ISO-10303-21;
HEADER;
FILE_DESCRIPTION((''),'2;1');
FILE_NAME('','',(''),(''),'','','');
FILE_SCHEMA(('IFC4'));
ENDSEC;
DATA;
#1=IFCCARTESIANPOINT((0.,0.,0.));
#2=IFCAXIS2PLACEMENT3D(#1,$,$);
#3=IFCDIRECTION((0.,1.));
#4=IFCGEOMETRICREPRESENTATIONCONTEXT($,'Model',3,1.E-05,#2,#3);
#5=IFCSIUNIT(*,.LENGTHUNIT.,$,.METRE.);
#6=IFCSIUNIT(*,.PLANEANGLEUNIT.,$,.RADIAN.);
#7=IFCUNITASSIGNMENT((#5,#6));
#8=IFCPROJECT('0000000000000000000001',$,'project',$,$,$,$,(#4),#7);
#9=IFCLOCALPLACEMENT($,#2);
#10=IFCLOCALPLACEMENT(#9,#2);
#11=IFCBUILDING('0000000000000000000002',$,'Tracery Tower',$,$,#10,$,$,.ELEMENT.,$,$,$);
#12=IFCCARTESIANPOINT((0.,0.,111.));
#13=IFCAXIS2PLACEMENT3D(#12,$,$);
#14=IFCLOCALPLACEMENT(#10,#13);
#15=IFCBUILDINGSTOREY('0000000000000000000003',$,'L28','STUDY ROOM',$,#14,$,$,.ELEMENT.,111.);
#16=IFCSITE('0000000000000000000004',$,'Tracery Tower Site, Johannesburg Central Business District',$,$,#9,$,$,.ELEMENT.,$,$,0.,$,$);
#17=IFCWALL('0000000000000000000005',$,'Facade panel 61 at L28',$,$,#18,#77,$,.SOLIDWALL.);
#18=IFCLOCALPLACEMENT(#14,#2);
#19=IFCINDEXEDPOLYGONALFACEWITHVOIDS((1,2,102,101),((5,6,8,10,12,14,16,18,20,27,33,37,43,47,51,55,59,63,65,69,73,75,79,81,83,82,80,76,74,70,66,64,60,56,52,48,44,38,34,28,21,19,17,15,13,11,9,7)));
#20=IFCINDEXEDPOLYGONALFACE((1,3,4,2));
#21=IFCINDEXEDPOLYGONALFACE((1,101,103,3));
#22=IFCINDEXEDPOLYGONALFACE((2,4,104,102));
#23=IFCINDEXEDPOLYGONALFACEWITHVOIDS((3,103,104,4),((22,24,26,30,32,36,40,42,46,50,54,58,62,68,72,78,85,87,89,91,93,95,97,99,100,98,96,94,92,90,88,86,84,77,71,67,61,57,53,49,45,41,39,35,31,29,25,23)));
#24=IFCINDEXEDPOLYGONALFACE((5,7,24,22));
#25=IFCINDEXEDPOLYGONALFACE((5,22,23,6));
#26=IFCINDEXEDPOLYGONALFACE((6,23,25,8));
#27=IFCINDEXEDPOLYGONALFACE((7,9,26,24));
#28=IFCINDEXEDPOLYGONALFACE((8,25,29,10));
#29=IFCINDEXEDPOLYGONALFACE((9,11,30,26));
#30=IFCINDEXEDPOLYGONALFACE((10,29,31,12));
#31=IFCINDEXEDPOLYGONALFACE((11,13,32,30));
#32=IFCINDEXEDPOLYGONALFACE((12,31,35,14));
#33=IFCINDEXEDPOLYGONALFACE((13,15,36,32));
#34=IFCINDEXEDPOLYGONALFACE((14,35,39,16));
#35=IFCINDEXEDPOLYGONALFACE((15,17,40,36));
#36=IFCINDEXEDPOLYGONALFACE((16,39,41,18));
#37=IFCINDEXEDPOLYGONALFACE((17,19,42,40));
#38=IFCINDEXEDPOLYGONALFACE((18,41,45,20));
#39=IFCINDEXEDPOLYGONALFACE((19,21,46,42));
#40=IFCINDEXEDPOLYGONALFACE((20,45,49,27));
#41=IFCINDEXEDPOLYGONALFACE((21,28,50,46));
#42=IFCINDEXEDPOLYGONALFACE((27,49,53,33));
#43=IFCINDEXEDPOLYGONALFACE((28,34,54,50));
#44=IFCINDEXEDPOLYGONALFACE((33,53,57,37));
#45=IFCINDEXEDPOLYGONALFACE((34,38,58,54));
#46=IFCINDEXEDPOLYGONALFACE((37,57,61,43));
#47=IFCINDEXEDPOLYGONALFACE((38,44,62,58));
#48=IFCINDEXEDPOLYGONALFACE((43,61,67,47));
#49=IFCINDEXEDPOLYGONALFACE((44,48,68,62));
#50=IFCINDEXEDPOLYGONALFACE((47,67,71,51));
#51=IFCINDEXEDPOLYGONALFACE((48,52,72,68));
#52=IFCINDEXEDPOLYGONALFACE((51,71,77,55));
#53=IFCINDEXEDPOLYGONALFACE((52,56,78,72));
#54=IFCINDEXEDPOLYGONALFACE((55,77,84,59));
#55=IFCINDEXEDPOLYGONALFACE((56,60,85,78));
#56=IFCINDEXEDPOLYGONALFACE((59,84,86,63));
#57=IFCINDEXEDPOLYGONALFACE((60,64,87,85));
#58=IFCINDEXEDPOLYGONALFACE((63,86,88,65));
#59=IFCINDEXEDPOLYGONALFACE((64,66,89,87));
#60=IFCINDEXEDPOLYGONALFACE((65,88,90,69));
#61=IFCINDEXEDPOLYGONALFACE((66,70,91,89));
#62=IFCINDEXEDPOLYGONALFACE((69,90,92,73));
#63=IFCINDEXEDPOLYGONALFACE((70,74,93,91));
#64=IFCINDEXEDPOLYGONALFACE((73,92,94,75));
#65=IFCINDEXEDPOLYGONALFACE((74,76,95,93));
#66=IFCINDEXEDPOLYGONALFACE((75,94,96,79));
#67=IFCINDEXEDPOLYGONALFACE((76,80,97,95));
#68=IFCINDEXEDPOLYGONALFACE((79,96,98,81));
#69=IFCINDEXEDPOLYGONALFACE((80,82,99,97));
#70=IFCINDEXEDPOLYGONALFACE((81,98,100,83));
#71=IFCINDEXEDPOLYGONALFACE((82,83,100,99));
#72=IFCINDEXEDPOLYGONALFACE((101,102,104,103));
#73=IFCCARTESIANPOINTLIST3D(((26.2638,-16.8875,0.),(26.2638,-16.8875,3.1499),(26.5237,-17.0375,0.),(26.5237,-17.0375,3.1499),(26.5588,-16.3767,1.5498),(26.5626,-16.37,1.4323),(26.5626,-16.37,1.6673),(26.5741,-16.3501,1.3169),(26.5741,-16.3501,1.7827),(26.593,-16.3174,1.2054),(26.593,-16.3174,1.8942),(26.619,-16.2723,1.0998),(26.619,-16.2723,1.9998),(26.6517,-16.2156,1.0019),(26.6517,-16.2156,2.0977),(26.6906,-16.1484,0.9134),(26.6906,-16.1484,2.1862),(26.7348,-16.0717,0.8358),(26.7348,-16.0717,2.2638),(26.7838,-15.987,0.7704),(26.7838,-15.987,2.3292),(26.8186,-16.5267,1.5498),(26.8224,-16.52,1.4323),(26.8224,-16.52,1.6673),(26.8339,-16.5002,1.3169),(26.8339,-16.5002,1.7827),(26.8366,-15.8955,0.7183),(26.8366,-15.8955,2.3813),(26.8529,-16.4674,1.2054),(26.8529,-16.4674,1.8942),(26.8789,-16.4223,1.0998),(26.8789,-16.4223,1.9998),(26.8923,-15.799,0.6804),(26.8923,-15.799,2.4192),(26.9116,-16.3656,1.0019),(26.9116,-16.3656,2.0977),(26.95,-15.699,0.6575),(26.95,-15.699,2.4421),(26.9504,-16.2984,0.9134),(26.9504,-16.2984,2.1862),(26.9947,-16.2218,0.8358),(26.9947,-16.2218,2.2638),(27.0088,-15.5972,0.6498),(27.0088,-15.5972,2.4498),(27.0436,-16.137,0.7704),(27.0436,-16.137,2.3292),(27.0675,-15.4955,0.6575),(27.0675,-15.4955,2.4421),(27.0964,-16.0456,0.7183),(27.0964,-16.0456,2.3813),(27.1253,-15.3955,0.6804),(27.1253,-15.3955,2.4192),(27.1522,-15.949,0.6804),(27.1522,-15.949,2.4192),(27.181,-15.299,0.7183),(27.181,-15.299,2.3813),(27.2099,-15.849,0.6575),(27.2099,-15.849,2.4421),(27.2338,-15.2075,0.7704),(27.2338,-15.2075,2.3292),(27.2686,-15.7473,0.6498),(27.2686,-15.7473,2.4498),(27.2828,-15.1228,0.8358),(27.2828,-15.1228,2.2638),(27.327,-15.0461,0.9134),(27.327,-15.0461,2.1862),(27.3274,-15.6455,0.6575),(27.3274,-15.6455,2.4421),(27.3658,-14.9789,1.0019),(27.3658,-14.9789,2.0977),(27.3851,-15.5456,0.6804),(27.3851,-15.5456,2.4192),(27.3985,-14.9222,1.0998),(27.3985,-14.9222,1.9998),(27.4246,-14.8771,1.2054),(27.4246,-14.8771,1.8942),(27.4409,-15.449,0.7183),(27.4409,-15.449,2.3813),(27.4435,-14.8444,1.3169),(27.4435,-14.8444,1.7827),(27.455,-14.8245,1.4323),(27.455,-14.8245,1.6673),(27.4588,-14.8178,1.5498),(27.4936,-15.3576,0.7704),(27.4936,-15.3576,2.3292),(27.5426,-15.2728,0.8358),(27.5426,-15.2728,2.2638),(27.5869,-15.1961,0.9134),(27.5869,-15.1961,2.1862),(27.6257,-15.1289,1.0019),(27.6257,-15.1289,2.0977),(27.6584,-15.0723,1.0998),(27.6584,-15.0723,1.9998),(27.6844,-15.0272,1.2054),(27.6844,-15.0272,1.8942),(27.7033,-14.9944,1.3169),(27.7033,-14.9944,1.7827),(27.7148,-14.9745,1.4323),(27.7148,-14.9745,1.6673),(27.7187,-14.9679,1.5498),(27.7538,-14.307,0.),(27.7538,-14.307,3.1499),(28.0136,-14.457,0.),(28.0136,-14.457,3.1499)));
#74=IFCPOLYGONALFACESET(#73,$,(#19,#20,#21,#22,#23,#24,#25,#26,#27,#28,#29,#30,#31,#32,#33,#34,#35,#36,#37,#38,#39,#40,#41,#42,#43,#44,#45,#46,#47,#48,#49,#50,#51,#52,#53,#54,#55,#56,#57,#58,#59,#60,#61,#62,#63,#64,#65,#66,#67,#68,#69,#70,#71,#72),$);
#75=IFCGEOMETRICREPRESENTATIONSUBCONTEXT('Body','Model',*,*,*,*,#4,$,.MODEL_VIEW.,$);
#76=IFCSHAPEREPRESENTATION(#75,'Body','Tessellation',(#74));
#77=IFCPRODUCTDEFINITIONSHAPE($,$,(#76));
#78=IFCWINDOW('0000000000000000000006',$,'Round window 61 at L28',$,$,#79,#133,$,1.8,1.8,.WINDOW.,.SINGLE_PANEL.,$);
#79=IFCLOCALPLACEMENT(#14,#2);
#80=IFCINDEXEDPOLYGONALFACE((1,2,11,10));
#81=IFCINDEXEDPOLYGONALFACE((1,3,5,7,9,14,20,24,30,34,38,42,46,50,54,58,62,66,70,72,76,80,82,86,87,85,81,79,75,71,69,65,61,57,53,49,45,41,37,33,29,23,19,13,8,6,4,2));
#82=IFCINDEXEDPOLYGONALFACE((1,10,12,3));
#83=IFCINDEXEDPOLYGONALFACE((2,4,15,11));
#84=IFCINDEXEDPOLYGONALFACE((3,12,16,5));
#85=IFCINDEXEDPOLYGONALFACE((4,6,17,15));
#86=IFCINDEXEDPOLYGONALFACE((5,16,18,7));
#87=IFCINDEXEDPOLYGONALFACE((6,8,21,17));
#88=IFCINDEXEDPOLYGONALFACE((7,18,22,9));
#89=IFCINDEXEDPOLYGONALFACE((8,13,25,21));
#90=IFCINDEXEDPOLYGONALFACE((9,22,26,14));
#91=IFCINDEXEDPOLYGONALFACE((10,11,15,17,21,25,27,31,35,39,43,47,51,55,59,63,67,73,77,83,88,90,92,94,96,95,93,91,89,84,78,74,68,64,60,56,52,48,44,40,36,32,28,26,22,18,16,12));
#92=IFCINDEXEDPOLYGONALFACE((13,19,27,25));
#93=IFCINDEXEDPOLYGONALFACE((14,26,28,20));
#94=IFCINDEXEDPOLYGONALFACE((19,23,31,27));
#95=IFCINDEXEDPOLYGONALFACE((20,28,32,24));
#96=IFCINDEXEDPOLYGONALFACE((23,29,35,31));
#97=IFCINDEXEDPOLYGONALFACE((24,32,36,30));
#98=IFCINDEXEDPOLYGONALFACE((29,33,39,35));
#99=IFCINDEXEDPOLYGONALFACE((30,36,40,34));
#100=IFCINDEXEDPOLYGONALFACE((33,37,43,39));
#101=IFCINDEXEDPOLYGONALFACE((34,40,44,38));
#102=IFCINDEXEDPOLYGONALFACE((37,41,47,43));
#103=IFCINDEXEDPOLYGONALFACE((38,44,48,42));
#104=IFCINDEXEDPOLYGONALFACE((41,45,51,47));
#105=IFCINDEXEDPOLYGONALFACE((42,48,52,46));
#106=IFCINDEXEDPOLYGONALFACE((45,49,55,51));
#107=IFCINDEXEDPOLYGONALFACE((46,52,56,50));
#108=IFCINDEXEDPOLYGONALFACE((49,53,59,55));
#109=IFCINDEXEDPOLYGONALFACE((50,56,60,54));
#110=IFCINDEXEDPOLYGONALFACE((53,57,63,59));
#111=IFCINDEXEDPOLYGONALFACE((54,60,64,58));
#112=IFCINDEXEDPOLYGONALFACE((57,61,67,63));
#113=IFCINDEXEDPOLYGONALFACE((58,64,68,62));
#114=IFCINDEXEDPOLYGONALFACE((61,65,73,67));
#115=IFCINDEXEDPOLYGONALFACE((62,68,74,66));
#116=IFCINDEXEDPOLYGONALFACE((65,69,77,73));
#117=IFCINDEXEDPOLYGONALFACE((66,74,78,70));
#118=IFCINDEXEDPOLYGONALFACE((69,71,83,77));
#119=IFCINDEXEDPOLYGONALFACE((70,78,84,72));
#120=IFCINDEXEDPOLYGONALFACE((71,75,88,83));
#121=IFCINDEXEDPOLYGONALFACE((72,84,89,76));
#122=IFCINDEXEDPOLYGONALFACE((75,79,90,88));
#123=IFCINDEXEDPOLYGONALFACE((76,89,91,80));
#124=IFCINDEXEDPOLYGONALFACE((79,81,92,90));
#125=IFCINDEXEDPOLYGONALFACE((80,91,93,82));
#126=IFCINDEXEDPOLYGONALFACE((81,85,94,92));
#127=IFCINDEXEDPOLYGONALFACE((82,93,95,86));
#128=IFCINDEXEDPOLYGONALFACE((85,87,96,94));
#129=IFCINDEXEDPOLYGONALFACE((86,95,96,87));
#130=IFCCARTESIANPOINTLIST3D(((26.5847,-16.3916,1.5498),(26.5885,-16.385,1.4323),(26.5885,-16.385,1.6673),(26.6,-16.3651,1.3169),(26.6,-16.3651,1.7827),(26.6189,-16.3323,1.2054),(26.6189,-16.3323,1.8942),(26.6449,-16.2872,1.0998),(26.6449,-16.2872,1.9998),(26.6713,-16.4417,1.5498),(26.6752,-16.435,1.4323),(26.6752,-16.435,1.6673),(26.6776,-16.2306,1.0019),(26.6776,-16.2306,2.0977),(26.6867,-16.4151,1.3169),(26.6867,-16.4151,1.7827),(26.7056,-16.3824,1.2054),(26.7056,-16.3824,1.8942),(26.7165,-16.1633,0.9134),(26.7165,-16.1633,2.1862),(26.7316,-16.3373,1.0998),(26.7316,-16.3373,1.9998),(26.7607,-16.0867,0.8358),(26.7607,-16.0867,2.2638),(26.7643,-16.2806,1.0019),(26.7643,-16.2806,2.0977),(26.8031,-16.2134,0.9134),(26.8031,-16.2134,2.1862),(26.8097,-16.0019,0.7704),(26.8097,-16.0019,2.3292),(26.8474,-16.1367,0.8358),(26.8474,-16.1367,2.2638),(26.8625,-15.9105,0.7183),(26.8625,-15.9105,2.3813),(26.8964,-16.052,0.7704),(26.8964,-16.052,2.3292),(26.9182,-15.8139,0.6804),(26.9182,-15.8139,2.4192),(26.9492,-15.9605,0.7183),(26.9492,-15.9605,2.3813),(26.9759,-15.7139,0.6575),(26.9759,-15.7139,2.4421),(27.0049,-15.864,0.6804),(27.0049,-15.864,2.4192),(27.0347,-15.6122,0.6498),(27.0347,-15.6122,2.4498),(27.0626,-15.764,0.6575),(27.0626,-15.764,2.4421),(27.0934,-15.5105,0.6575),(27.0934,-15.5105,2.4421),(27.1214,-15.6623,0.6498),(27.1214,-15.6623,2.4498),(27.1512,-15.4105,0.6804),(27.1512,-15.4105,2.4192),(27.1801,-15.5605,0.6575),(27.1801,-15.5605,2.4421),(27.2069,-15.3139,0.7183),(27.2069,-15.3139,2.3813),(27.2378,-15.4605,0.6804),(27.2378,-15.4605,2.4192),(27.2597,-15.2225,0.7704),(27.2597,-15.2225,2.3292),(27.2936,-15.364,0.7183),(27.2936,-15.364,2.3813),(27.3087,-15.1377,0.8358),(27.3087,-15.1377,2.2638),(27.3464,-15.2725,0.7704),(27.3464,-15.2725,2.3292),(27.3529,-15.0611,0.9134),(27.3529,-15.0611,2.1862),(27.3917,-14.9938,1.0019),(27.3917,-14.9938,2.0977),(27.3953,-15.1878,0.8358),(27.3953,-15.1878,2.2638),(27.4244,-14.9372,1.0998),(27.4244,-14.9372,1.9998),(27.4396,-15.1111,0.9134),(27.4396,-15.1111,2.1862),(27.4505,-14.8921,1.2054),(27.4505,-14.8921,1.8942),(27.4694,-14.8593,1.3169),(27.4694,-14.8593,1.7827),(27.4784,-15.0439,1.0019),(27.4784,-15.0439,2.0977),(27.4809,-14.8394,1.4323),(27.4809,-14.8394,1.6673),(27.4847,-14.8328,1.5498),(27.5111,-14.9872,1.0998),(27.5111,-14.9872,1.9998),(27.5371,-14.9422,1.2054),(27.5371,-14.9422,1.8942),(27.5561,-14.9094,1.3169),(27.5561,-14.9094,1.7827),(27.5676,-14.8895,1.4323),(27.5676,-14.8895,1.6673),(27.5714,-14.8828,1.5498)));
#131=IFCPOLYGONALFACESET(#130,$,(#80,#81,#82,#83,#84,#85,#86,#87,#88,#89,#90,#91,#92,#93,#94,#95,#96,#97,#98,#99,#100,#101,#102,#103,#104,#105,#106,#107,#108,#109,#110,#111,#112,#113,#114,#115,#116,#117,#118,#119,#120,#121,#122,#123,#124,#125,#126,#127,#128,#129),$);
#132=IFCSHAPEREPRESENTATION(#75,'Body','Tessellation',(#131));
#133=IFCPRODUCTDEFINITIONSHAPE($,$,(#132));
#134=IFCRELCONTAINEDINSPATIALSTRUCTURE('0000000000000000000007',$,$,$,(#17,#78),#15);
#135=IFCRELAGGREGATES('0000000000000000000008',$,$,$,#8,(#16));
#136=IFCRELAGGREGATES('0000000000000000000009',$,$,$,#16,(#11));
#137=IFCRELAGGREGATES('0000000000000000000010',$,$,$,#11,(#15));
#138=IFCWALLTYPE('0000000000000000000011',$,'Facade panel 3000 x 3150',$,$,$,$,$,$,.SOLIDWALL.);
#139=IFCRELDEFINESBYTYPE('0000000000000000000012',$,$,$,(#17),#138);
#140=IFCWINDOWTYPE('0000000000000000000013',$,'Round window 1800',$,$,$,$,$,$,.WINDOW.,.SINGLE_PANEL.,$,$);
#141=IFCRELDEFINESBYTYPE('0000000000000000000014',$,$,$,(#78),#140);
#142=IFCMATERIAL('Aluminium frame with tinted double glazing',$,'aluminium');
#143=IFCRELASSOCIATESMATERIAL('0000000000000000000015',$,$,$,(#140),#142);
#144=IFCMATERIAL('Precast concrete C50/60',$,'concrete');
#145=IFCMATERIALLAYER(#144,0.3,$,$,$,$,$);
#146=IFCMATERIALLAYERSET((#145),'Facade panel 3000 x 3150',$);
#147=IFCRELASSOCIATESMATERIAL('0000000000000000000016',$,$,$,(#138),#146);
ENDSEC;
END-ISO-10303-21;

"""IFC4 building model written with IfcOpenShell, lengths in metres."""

from ifc_helpers import new_model, si_unit, direction, frame, frame_2d, origin, origin_2d, place, context, subcontext, project, spatial, rectangle, circle, extrude, material, layer, layer_set, type_object, element, fill, save


model = new_model("IFC4")

# Units and contexts
model_context = context("Model", 3, precision=1e-05, world=origin(), true_north=direction((0.0, 1.0)))
body_context = subcontext(model_context, "Body", "Model", "MODEL_VIEW")
ifc_project = project(units=[si_unit("LENGTHUNIT", "METRE"), si_unit("PLANEANGLEUNIT", "RADIAN")], contexts=[model_context])

# Site, building, storey
site_placement = place(None, origin())
site = spatial("IfcSite", under=ifc_project, at=site_placement, Name="Tracery Tower Site, Johannesburg Central Business District", CompositionType="ELEMENT", RefElevation=0.0)
building_placement = place(site_placement, origin())
building = spatial("IfcBuilding", under=site, at=building_placement, Name="Tracery Tower", CompositionType="ELEMENT")
storey_placement = place(building_placement, frame((0.0, 0.0, 111.0)))
storey = spatial("IfcBuildingStorey", under=building, at=storey_placement, Name="L28", Description="STUDY ROOM", CompositionType="ELEMENT", Elevation=111.0)

# Wall, opening, window
ifc_material_1 = material(Name="Aluminium frame with tinted double glazing", Category="aluminium")
window_type = type_object("IfcWindowType", Name="Round window 1800", PartitioningType="SINGLE_PANEL", PredefinedType="WINDOW", material=ifc_material_1)
ifc_material_2 = material(Name="Precast concrete C50/60", Category="concrete")
ifc_layer_1 = layer(ifc_material_2, 0.3)
ifc_layer_set_1 = layer_set([ifc_layer_1], Name="Facade panel 3000 x 3150")
wall_type_1 = type_object("IfcWallType", Name="Facade panel 3000 x 3150", PredefinedType="SOLIDWALL", material=ifc_layer_set_1)
wall_1_placement = place(storey_placement, frame((26.3938, -16.9624, 0.0), z_axis=(0.0, 0.0, 1.0), x_axis=(0.500025, 0.866011, 0.0)))
wall_1 = element("IfcWall", 1, at=wall_1_placement, inside=storey, type_object=wall_type_1, Name="Facade panel 61 at L28", PredefinedType="SOLIDWALL", context=body_context, shape_type="SweptSolid", body=[
    extrude(rectangle(XDim=2.9797, YDim=0.3, at=frame_2d((1.4897, 0.0))), origin(), (0.0, 0.0, 1.0), 3.1499),
])
opening_1_placement = place(wall_1_placement, frame((1.4897, 0.0, 1.5498)))
opening_1 = element("IfcOpeningElement", 2, at=opening_1_placement, cuts=wall_1, PredefinedType="OPENING", context=body_context, shape_type="SweptSolid", body=[
    extrude(circle(Radius=0.9, at=origin_2d()), frame((0.0, 0.1599, 0.0), z_axis=(0.0, -1.0, 0.0), x_axis=(1.0, 0.0, 0.0)), (0.0, 0.0, 1.0), 0.3201),
])
window_1_placement = place(opening_1_placement, origin())
window_1 = element("IfcWindow", 3, at=window_1_placement, inside=storey, type_object=window_type, Name="Round window 61 at L28", OverallHeight=1.8, OverallWidth=1.8, PartitioningType="SINGLE_PANEL", PredefinedType="WINDOW", context=body_context, shape_type="SweptSolid", body=[
    extrude(circle(Radius=0.9, at=origin_2d()), frame((0.0, 0.1201, 0.0), z_axis=(0.0, -1.0, 0.0), x_axis=(1.0, 0.0, 0.0)), (0.0, 0.0, 1.0), 0.1001),
])
fill(opening_1, window_1)

save(model, "model.ifc")
